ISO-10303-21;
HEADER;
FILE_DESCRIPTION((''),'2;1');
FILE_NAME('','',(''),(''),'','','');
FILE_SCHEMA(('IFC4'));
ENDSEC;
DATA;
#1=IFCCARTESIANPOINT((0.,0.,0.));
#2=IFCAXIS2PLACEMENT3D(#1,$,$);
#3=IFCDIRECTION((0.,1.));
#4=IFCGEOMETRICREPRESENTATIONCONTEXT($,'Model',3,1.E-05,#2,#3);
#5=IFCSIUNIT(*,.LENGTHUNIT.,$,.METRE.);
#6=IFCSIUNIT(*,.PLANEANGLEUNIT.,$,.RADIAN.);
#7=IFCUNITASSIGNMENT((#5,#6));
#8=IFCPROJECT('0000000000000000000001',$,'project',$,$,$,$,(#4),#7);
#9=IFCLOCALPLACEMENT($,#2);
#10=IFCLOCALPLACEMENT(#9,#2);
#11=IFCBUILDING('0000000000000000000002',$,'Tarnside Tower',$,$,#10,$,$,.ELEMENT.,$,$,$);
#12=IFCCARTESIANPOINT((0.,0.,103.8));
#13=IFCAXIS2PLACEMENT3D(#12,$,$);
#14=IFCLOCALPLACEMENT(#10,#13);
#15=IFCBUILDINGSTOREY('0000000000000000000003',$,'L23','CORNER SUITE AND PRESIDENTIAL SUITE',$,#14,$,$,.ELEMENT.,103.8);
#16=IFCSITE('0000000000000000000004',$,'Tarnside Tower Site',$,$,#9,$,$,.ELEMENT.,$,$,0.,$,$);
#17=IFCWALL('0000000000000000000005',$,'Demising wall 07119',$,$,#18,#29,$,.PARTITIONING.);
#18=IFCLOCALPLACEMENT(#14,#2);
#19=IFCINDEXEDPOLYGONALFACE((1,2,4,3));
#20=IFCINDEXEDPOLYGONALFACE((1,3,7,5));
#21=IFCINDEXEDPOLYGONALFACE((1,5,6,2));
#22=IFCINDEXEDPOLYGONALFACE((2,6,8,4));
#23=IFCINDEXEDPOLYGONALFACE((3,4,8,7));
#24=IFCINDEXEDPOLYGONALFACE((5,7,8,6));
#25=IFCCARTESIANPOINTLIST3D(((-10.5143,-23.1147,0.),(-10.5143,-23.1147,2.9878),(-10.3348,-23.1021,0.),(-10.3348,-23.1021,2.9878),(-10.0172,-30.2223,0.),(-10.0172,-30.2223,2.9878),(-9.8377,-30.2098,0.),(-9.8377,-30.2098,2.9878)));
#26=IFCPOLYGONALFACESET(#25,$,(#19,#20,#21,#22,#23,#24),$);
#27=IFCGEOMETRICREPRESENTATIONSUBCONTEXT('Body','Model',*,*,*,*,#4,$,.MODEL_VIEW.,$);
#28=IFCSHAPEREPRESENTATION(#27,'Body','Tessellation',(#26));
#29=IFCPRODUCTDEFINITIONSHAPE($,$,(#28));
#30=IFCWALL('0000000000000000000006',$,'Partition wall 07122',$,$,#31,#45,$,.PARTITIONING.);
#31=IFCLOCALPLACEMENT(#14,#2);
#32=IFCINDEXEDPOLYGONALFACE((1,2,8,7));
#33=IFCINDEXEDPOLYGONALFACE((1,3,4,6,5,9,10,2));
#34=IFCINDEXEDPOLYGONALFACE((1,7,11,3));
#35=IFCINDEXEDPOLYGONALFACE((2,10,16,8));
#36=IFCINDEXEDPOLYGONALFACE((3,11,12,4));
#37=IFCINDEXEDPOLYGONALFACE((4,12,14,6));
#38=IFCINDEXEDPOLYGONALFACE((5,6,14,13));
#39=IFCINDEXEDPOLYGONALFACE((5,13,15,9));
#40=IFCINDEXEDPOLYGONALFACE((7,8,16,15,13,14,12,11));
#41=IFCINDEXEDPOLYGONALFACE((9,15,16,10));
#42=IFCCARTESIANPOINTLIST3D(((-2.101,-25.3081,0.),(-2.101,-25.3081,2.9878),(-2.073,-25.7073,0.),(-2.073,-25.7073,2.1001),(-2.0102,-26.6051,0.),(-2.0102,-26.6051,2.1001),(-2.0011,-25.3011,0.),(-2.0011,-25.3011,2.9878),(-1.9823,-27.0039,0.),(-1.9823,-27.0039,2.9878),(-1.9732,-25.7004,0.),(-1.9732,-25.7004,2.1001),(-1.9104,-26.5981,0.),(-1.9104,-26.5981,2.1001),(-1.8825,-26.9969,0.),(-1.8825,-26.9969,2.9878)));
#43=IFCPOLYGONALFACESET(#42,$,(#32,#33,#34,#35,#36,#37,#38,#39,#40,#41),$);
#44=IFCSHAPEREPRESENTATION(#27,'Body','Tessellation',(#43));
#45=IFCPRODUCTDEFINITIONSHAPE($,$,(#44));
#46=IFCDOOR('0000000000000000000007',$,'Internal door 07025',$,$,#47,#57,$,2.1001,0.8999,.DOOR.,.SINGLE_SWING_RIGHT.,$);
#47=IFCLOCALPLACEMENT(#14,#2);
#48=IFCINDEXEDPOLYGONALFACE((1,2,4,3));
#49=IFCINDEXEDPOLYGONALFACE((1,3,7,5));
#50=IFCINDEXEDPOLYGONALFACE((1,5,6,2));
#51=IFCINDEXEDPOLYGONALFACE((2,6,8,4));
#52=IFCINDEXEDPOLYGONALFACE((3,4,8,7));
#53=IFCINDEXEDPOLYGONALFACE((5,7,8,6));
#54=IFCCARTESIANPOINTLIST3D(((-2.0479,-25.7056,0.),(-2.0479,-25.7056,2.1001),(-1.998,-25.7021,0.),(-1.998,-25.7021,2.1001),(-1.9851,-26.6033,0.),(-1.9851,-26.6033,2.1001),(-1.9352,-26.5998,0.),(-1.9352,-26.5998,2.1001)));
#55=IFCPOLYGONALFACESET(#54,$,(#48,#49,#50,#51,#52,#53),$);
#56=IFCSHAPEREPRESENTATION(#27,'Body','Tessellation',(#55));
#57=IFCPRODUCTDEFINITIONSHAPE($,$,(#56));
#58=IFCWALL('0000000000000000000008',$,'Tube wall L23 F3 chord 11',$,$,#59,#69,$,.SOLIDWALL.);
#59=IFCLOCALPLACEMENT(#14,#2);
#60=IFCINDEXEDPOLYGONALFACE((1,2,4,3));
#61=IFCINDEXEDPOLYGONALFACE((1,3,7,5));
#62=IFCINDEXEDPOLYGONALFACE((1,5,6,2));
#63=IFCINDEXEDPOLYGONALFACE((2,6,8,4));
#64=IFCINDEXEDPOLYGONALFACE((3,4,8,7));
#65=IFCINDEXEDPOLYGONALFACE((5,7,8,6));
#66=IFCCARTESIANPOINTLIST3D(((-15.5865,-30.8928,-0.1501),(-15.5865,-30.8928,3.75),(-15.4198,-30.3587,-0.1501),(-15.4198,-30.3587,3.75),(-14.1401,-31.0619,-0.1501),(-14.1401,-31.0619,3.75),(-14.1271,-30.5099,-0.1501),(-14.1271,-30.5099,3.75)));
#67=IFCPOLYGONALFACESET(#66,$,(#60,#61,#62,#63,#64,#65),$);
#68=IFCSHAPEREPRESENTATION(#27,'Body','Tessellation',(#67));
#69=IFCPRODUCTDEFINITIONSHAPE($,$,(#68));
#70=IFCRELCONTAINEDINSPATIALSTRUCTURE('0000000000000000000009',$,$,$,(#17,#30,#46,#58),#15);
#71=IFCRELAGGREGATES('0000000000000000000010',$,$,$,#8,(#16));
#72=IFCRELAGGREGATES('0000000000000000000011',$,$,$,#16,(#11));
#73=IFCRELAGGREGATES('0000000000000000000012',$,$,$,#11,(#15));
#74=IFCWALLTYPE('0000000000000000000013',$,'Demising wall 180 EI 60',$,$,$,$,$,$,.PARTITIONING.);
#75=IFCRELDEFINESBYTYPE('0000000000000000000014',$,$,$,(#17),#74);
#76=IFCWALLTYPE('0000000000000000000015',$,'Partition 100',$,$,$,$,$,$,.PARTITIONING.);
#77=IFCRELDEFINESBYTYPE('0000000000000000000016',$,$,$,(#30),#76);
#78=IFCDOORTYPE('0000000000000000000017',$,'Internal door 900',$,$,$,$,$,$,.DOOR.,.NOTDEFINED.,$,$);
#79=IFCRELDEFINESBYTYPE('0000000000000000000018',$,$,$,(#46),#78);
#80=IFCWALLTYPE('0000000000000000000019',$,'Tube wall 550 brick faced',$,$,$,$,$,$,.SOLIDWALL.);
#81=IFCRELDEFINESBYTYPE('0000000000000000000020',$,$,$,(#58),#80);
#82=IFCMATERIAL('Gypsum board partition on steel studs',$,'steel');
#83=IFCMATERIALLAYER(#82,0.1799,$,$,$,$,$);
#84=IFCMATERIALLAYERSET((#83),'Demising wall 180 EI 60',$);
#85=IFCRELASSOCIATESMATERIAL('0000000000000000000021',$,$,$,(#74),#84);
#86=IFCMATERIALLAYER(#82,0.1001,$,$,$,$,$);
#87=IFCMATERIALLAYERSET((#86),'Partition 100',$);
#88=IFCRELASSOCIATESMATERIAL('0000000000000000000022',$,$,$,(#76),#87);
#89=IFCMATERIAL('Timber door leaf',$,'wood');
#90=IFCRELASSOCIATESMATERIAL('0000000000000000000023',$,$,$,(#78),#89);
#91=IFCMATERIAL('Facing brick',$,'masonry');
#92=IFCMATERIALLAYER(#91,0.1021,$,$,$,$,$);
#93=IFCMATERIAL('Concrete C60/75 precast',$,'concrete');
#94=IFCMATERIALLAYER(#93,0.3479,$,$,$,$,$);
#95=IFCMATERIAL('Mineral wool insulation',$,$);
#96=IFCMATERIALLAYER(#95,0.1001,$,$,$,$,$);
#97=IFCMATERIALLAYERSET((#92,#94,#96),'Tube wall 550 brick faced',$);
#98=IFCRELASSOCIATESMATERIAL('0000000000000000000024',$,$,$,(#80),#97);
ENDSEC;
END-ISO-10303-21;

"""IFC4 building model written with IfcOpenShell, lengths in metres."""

from ifc_helpers import new_model, si_unit, direction, frame, frame_2d, origin, place, context, subcontext, project, spatial, polyline, rectangle, outline, extrude, material, layer, layer_set, type_object, element, fill, save


model = new_model("IFC4")

# Units and contexts
model_context = context("Model", 3, precision=1e-05, world=origin(), true_north=direction((0.0, 1.0)))
body_context = subcontext(model_context, "Body", "Model", "MODEL_VIEW")
ifc_project = project(units=[si_unit("LENGTHUNIT", "METRE"), si_unit("PLANEANGLEUNIT", "RADIAN")], contexts=[model_context])

# Site, building, storey
site_placement = place(None, origin())
site = spatial("IfcSite", under=ifc_project, at=site_placement, Name="Tarnside Tower Site", CompositionType="ELEMENT", RefElevation=0.0)
building_placement = place(site_placement, origin())
building = spatial("IfcBuilding", under=site, at=building_placement, Name="Tarnside Tower", CompositionType="ELEMENT")
storey_placement = place(building_placement, frame((0.0, 0.0, 103.8)))
storey = spatial("IfcBuildingStorey", under=building, at=storey_placement, Name="L23", Description="CORNER SUITE AND PRESIDENTIAL SUITE", CompositionType="ELEMENT", Elevation=103.8)

# Wall
ifc_material_1 = material(Name="Gypsum board partition on steel studs", Category="steel")
ifc_layer_1 = layer(ifc_material_1, 0.1799)
ifc_layer_set_1 = layer_set([ifc_layer_1], Name="Demising wall 180 EI 60")
wall_type_1 = type_object("IfcWallType", Name="Demising wall 180 EI 60", PredefinedType="PARTITIONING", material=ifc_layer_set_1)
wall_1_placement = place(storey_placement, frame((-9.9275, -30.2161, 0.0), z_axis=(0.0, 0.0, 1.0), x_axis=(-0.069764, 0.997564, 0.0)))
element("IfcWall", 1, at=wall_1_placement, inside=storey, type_object=wall_type_1, Name="Demising wall 07119", PredefinedType="PARTITIONING", context=body_context, shape_type="SweptSolid", body=[
    extrude(rectangle(XDim=7.125, YDim=0.1799, at=frame_2d((3.5625, 0.0))), origin(), (0.0, 0.0, 1.0), 2.9878),
])

# Wall, opening, door
ifc_layer_2 = layer(ifc_material_1, 0.1001)
ifc_layer_set_2 = layer_set([ifc_layer_2], Name="Partition 100")
wall_type_2 = type_object("IfcWallType", Name="Partition 100", PredefinedType="PARTITIONING", material=ifc_layer_set_2)
wall_2_placement = place(storey_placement, frame((-1.9324, -27.0005, 0.0), z_axis=(0.0, 0.0, 1.0), x_axis=(-0.069798, 0.997561, 0.0)))
wall_2 = element("IfcWall", 2, at=wall_2_placement, inside=storey, type_object=wall_type_2, Name="Partition wall 07122", PredefinedType="PARTITIONING", context=body_context, shape_type="SweptSolid", body=[
    extrude(rectangle(XDim=1.7, YDim=0.1001, at=frame_2d((0.8501, 0.0))), origin(), (0.0, 0.0, 1.0), 2.9878),
])
opening_1_placement = place(wall_2_placement, frame((0.3999, 0.0, 0.0)))
opening_1 = element("IfcOpeningElement", 3, at=opening_1_placement, cuts=wall_2, PredefinedType="OPENING", context=body_context, shape_type="SweptSolid", body=[
    extrude(rectangle(XDim=0.8999, YDim=2.1001, at=frame_2d((0.45, 1.05))), frame((0.0, 0.0601, 0.0), z_axis=(0.0, -1.0, 0.0), x_axis=(1.0, 0.0, 0.0)), (0.0, 0.0, 1.0), 0.1201),
])
ifc_material_2 = material(Name="Timber door leaf", Category="wood")
door_type = type_object("IfcDoorType", Name="Internal door 900", OperationType="NOTDEFINED", PredefinedType="DOOR", material=ifc_material_2)
door_placement = place(opening_1_placement, origin())
door = element("IfcDoor", 4, at=door_placement, inside=storey, type_object=door_type, Name="Internal door 07025", OperationType="SINGLE_SWING_RIGHT", OverallHeight=2.1001, OverallWidth=0.8999, PredefinedType="DOOR", context=body_context, shape_type="SweptSolid", body=[
    extrude(rectangle(XDim=0.8999, YDim=2.1001, at=frame_2d((0.45, 1.05))), frame((0.0, 0.0249, 0.0), z_axis=(0.0, -1.0, 0.0), x_axis=(1.0, 0.0, 0.0)), (0.0, 0.0, 1.0), 0.05),
])
fill(opening_1, door)

# Wall
ifc_material_3 = material(Name="Facing brick", Category="masonry")
ifc_layer_3 = layer(ifc_material_3, 0.1021)
ifc_material_4 = material(Name="Concrete C60/75 precast", Category="concrete")
ifc_layer_4 = layer(ifc_material_4, 0.3479)
ifc_material_5 = material(Name="Mineral wool insulation")
ifc_layer_5 = layer(ifc_material_5, 0.1001)
ifc_layer_set_3 = layer_set([ifc_layer_3, ifc_layer_4, ifc_layer_5], Name="Tube wall 550 brick faced")
wall_type_3 = type_object("IfcWallType", Name="Tube wall 550 brick faced", PredefinedType="SOLIDWALL", material=ifc_layer_set_3)
wall_3_placement = place(storey_placement, frame((-15.5032, -30.6257, -0.1501), z_axis=(0.0, 0.0, 1.0), x_axis=(0.993233, -0.116143, 0.0)))
element("IfcWall", 5, at=wall_3_placement, inside=storey, type_object=wall_type_3, Name="Tube wall L23 F3 chord 11", PredefinedType="SOLIDWALL", context=body_context, shape_type="SweptSolid", body=[
    extrude(outline(polyline([(-0.0518, -0.2749), (1.4045, -0.2749), (1.3533, 0.2749), (0.0518, 0.2749), (-0.0518, -0.2749)])), origin(), (0.0, 0.0, 1.0), 3.9001),
])

save(model, "model.ifc")
